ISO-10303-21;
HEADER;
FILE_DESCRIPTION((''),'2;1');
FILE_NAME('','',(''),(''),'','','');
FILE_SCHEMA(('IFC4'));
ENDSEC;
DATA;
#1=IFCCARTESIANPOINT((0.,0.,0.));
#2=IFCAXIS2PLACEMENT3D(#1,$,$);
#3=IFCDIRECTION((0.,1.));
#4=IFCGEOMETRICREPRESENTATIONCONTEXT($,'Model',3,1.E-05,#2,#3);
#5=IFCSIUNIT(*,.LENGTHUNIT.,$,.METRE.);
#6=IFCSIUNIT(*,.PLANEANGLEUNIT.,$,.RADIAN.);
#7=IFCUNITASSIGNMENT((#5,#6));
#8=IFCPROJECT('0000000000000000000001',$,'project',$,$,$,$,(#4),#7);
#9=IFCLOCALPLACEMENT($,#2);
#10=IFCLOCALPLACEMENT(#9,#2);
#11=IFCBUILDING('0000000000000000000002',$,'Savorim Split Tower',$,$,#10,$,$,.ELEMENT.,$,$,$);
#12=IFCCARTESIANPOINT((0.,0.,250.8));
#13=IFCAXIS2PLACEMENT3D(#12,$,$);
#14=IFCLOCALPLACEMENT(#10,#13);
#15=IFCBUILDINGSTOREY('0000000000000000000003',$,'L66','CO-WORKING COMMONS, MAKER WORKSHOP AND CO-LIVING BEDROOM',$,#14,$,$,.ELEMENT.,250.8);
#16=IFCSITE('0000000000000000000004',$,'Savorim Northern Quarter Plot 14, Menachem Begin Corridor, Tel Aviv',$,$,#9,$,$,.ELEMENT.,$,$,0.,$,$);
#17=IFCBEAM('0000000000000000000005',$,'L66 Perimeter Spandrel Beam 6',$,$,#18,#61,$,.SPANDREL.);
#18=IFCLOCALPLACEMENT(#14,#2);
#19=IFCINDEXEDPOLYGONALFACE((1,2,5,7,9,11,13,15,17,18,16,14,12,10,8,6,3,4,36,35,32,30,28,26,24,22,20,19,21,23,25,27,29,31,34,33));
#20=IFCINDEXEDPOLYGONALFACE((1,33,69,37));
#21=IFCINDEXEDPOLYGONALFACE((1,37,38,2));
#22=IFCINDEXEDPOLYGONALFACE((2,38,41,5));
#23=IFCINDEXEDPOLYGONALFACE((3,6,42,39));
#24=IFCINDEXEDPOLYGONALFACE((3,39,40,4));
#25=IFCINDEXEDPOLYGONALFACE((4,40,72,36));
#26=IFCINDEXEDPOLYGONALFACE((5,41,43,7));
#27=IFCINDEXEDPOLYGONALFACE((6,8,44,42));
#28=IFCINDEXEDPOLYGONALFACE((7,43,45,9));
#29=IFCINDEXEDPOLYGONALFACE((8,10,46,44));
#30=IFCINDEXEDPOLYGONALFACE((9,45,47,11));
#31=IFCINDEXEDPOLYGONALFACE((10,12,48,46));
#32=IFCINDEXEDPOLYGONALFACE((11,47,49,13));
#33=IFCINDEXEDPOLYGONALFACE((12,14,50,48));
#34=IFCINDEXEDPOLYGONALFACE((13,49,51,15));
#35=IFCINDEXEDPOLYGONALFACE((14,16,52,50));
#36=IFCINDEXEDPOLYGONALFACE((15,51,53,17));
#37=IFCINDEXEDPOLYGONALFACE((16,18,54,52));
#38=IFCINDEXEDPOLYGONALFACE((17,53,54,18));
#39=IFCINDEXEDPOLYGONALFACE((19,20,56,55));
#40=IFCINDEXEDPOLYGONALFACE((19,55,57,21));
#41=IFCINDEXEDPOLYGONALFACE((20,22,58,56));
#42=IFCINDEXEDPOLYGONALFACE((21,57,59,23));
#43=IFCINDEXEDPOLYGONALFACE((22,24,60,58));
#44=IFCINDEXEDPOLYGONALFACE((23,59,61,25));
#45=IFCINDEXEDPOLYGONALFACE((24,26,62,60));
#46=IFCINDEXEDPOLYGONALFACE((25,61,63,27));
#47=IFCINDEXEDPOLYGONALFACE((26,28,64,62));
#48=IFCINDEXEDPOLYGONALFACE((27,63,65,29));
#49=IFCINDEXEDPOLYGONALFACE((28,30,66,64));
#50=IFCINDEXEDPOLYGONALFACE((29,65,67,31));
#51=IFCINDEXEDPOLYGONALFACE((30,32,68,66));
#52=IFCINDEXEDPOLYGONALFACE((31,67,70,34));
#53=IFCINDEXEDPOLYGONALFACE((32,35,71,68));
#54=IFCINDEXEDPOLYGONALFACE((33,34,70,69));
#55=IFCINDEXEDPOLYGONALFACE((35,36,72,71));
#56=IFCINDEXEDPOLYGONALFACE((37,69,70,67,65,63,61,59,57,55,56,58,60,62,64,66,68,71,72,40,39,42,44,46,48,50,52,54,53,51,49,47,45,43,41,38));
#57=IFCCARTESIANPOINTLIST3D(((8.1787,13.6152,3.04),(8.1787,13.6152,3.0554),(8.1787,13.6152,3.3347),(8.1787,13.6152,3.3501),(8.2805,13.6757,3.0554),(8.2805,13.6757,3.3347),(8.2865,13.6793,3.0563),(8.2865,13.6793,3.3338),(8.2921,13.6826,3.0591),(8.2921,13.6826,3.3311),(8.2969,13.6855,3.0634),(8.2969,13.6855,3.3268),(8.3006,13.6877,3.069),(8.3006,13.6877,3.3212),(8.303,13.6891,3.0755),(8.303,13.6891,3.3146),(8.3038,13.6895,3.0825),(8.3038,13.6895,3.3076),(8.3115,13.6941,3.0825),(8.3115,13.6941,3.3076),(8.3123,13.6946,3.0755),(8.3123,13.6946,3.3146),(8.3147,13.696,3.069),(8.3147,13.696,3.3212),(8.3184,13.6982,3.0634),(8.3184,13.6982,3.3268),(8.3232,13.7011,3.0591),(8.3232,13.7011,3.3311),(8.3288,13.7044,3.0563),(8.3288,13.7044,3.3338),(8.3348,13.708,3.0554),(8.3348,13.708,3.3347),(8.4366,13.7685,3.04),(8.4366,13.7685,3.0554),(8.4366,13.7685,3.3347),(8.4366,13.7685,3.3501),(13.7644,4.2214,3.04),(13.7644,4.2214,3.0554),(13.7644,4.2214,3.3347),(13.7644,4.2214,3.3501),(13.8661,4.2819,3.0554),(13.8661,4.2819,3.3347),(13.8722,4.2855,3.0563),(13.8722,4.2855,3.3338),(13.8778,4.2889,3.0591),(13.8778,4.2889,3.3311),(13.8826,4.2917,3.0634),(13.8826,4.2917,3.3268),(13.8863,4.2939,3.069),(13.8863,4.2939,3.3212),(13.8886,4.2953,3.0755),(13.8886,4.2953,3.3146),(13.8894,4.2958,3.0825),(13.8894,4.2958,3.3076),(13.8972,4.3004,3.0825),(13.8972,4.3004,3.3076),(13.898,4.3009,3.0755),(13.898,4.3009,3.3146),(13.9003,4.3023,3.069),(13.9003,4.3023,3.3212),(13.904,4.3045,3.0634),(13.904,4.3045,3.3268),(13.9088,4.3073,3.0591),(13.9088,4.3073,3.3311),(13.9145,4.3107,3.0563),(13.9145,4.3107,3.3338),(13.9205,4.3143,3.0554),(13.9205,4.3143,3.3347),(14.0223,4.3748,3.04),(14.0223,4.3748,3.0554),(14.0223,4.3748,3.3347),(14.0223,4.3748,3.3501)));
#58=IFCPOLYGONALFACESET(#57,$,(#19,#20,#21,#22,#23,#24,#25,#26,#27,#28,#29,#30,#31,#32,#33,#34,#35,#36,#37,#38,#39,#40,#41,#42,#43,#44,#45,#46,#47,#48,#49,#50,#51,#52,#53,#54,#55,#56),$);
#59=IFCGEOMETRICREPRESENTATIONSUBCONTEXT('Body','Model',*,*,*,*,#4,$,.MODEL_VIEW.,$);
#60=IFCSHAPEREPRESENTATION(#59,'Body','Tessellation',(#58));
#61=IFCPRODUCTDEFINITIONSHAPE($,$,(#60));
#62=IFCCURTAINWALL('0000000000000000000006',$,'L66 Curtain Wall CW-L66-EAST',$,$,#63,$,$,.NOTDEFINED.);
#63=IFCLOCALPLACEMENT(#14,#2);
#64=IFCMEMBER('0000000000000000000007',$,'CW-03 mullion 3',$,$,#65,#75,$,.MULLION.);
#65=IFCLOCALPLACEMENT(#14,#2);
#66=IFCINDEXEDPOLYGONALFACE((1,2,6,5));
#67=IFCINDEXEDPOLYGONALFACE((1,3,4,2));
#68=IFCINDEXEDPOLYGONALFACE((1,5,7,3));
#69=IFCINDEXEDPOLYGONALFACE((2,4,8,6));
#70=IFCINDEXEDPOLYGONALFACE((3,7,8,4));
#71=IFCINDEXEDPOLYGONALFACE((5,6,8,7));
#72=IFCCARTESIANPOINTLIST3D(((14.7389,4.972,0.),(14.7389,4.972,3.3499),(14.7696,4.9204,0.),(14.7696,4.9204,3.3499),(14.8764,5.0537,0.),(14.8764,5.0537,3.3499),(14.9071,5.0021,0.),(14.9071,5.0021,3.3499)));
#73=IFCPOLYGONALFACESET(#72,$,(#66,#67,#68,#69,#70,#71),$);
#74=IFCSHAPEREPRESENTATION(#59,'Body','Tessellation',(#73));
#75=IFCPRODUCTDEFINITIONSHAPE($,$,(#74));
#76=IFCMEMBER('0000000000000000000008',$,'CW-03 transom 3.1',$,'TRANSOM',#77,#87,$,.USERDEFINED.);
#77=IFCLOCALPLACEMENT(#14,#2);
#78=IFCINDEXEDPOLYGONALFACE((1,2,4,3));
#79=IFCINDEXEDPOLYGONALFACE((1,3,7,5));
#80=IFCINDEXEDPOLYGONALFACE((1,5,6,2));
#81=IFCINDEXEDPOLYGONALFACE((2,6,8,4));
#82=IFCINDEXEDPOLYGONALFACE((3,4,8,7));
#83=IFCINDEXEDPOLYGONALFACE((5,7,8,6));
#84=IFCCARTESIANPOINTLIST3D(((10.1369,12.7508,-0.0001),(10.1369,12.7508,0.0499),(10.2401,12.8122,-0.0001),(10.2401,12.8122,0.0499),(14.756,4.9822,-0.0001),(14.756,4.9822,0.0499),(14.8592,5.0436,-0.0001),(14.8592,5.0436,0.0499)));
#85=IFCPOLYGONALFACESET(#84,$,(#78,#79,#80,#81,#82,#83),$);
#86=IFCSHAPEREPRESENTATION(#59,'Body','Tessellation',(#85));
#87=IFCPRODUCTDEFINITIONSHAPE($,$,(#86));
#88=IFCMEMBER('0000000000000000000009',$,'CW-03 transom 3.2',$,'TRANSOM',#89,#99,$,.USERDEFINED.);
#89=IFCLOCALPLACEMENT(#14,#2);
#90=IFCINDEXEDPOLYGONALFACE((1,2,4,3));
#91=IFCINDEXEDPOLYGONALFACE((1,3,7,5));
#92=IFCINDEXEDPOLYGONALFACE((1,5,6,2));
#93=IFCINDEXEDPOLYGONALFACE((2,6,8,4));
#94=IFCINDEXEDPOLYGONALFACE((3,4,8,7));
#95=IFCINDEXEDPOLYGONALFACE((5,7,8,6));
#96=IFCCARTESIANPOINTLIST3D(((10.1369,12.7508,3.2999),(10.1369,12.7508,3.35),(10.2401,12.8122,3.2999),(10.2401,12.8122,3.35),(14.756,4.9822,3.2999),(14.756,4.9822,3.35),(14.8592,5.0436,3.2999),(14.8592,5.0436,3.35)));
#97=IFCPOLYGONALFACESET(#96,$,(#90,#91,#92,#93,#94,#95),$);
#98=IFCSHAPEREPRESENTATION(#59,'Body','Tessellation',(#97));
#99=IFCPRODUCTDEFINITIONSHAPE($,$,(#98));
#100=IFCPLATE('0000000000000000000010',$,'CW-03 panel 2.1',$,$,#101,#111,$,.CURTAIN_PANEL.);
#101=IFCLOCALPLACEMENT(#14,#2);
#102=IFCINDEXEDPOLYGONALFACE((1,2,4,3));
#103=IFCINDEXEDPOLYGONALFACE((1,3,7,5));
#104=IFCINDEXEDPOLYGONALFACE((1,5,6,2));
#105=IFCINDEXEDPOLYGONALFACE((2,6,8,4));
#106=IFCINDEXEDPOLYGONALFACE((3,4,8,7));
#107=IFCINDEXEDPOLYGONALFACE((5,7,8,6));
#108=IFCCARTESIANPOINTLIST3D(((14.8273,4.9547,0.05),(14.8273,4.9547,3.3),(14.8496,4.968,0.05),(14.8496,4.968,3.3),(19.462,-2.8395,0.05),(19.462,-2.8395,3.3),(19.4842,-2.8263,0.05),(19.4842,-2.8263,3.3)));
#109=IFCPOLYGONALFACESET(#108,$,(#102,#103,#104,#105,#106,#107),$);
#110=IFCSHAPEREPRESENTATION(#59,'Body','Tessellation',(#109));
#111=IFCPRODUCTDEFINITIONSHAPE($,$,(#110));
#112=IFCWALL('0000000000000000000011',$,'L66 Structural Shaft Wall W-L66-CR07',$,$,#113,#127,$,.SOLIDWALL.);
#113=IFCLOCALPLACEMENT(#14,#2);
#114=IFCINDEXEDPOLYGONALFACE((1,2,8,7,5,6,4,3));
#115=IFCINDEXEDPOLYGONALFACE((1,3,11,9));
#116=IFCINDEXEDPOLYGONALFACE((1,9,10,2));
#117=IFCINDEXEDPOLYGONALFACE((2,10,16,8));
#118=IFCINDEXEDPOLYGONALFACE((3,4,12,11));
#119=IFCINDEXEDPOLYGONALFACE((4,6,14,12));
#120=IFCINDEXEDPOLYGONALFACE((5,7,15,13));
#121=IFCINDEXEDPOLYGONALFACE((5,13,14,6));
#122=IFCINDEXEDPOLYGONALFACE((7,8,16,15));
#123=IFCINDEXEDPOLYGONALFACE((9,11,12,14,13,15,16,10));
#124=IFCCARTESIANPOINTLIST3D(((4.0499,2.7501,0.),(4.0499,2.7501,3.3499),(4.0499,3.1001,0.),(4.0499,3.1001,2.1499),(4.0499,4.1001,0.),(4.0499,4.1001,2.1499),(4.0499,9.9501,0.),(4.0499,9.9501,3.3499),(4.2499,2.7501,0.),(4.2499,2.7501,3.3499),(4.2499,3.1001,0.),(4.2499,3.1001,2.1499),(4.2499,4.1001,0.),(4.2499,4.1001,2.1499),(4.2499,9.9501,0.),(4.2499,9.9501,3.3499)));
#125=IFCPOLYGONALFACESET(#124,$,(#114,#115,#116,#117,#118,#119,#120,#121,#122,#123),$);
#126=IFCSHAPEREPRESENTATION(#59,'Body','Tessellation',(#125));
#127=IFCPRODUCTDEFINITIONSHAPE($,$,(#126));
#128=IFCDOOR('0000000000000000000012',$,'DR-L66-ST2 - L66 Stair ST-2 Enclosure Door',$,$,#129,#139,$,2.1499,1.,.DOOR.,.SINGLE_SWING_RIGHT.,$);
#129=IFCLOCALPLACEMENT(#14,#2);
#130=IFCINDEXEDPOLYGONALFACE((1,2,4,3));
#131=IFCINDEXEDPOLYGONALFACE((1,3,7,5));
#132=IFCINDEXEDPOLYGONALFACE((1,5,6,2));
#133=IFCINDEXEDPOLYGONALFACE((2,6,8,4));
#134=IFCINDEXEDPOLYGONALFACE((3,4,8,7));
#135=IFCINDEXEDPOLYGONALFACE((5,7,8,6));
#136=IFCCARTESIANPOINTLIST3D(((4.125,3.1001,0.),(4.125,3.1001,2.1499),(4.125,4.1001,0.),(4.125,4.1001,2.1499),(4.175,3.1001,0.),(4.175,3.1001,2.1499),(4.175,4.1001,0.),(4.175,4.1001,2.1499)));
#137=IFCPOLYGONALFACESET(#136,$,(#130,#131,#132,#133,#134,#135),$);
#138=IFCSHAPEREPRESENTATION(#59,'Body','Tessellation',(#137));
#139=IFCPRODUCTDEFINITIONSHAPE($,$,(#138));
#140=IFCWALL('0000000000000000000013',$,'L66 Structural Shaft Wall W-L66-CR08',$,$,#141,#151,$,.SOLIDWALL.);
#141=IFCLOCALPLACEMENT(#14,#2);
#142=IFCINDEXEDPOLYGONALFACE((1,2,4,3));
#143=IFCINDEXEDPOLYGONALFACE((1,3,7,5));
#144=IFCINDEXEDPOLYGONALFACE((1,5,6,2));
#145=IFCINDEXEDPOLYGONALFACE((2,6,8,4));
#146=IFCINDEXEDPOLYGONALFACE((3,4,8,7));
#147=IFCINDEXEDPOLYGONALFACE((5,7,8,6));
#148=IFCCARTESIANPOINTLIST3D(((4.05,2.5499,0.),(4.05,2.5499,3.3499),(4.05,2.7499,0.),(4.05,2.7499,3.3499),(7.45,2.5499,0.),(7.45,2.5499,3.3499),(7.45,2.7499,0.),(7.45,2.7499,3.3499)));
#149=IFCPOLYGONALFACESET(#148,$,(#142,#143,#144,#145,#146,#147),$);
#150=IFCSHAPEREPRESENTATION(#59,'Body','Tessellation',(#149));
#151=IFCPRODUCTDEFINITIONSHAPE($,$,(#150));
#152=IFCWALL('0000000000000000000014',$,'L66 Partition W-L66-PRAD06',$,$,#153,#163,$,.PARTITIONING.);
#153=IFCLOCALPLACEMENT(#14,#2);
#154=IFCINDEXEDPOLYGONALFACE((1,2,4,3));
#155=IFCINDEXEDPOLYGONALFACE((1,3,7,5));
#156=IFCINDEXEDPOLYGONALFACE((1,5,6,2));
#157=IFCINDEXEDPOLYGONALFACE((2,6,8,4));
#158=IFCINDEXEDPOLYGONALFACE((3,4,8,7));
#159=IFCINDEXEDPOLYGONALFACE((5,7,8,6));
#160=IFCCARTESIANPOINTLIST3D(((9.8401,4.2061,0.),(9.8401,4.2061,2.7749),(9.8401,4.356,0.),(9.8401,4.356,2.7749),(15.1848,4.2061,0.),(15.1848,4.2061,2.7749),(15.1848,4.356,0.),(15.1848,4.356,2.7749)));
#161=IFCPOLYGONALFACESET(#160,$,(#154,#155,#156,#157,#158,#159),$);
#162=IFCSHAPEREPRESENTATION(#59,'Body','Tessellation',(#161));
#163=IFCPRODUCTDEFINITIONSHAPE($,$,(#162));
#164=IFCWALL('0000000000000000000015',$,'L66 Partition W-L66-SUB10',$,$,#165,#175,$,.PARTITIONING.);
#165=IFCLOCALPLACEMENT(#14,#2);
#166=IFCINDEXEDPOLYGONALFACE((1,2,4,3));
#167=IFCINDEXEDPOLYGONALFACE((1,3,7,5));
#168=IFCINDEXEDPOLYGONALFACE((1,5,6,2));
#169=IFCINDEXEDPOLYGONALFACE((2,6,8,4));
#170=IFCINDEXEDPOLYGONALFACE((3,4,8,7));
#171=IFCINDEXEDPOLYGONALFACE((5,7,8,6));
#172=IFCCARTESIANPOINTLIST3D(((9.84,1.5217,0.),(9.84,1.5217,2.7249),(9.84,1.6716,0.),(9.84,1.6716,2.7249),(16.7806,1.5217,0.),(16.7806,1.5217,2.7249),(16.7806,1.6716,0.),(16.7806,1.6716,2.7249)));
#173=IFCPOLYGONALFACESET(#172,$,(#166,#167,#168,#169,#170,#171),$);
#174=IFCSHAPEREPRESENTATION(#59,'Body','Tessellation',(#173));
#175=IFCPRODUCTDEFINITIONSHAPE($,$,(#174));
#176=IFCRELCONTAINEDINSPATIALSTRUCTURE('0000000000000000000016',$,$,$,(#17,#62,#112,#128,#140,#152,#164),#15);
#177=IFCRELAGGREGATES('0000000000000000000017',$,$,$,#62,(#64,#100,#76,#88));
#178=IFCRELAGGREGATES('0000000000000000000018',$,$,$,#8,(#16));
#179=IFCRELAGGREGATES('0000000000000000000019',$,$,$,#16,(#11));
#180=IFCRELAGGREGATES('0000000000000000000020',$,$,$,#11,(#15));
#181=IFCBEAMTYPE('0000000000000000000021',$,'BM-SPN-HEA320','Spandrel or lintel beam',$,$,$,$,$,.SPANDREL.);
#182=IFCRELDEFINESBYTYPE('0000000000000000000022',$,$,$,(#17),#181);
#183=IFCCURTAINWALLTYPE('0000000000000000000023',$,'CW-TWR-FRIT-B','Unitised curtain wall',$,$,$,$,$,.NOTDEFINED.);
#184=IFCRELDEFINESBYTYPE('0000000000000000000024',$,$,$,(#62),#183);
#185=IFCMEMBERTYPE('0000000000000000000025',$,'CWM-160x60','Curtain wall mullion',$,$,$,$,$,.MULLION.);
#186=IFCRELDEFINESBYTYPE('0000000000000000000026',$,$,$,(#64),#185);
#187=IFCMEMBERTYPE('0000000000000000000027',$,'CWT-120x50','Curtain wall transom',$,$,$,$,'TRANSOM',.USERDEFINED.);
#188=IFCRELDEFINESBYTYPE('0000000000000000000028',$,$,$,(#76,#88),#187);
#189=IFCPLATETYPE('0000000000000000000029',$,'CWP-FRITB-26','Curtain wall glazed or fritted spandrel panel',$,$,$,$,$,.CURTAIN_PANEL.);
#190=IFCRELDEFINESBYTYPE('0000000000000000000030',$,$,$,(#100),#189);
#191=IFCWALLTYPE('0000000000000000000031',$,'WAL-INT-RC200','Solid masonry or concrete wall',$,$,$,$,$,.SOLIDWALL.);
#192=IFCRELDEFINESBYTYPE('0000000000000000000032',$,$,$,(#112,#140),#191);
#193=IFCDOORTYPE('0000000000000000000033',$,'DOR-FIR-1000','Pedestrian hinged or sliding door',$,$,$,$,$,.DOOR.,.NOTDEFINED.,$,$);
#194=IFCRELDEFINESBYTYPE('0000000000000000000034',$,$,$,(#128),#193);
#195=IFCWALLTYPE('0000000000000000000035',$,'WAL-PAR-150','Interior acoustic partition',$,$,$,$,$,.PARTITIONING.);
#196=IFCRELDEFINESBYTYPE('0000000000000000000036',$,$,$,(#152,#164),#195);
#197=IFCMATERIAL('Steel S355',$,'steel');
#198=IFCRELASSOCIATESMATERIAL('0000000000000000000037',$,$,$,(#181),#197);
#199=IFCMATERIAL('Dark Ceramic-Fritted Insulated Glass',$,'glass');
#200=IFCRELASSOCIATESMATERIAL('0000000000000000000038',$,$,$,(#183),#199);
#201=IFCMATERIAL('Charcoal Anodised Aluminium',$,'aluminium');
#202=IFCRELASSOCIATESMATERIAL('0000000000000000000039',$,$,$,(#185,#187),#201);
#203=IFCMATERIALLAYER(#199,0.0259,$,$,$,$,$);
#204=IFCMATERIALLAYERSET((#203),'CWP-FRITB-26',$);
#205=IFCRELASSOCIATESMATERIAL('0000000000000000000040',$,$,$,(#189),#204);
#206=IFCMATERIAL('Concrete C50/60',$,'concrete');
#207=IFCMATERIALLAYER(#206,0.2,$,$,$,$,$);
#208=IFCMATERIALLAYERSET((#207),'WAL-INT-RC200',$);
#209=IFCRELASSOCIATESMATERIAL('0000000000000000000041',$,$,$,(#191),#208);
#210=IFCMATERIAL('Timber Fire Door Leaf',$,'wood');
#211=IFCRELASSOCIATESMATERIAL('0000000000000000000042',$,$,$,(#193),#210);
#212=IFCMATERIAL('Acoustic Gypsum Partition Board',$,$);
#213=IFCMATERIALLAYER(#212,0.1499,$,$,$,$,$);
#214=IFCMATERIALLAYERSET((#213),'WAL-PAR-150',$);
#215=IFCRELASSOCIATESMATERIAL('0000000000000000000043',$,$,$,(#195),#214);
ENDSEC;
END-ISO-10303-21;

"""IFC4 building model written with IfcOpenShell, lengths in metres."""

from ifc_helpers import new_model, si_unit, direction, frame, frame_2d, origin, origin_2d, place, context, subcontext, project, spatial, rectangle, i_section, extrude, material, layer, layer_set, material_profile, profile_set, type_object, element, fill, aggregate, save


model = new_model("IFC4")

# Units and contexts
model_context = context("Model", 3, precision=1e-05, world=origin(), true_north=direction((0.0, 1.0)))
body_context = subcontext(model_context, "Body", "Model", "MODEL_VIEW")
ifc_project = project(units=[si_unit("LENGTHUNIT", "METRE"), si_unit("PLANEANGLEUNIT", "RADIAN")], contexts=[model_context])

# Site, building, storey
site_placement = place(None, origin())
site = spatial("IfcSite", under=ifc_project, at=site_placement, Name="Savorim Northern Quarter Plot 14, Menachem Begin Corridor, Tel Aviv", CompositionType="ELEMENT", RefElevation=0.0)
building_placement = place(site_placement, origin())
building = spatial("IfcBuilding", under=site, at=building_placement, Name="Savorim Split Tower", CompositionType="ELEMENT")
storey_placement = place(building_placement, frame((0.0, 0.0, 250.8)))
storey = spatial("IfcBuildingStorey", under=building, at=storey_placement, Name="L66", Description="CO-WORKING COMMONS, MAKER WORKSHOP AND CO-LIVING BEDROOM", CompositionType="ELEMENT", Elevation=250.8)

# Shared definitions
ifc_material_1 = material(Name="Steel S355", Category="steel")

# Beam
ifc_material_profile_1 = material_profile(ifc_material_1, i_section(OverallWidth=0.3, OverallDepth=0.3101, WebThickness=0.009, FlangeThickness=0.0154, FilletRadius=0.0271, at=origin_2d()), Name="HEA 320")
ifc_profile_set_1 = profile_set([ifc_material_profile_1], Name="Steel S355")
beam_type_1 = type_object("IfcBeamType", Name="BM-SPN-HEA320", Description="Spandrel or lintel beam", PredefinedType="SPANDREL", material=ifc_profile_set_1)
beam_1_placement = place(storey_placement, frame((13.8933, 4.2981, 3.1951), z_axis=(-0.511088, 0.859528, 0.0), x_axis=(-0.859528, -0.511088, 0.0)))
element("IfcBeam", 1, at=beam_1_placement, inside=storey, type_object=beam_type_1, Name="L66 Perimeter Spandrel Beam 6", PredefinedType="SPANDREL", context=body_context, shape_type="SweptSolid", body=[
    extrude(i_section(OverallWidth=0.3, OverallDepth=0.3101, WebThickness=0.009, FlangeThickness=0.0154, FilletRadius=0.0271, at=origin_2d()), origin(), (0.0, 0.0, 1.0), 10.929),
])

# Curtain wall, members, plate
ifc_material_2 = material(Name="Dark Ceramic-Fritted Insulated Glass", Category="glass")
curtain_wall_type = type_object("IfcCurtainWallType", Name="CW-TWR-FRIT-B", Description="Unitised curtain wall", PredefinedType="NOTDEFINED", material=ifc_material_2)
curtain_wall_placement = place(storey_placement, origin())
curtain_wall = element("IfcCurtainWall", 2, at=curtain_wall_placement, inside=storey, type_object=curtain_wall_type, Name="L66 Curtain Wall CW-L66-EAST", PredefinedType="NOTDEFINED")
ifc_material_3 = material(Name="Charcoal Anodised Aluminium", Category="aluminium")
ifc_material_profile_2 = material_profile(ifc_material_3, rectangle(XDim=0.1599, YDim=0.0601, at=origin_2d()), Name="ALU-M 160x60")
ifc_profile_set_2 = profile_set([ifc_material_profile_2], Name="Charcoal Anodised Aluminium")
member_type_1 = type_object("IfcMemberType", Name="CWM-160x60", Description="Curtain wall mullion", PredefinedType="MULLION", material=ifc_profile_set_2)
member_1_placement = place(storey_placement, frame((14.823, 4.9871, 0.0), z_axis=(0.0, 0.0, 1.0), x_axis=(-0.859527, -0.51109, 0.0)))
member_1 = element("IfcMember", 3, at=member_1_placement, type_object=member_type_1, Name="CW-03 mullion 3", PredefinedType="MULLION", context=body_context, shape_type="SweptSolid", body=[
    extrude(rectangle(XDim=0.1599, YDim=0.0601, at=origin_2d()), origin(), (0.0, 0.0, 1.0), 3.3499),
])
ifc_material_profile_3 = material_profile(ifc_material_3, rectangle(XDim=0.1201, YDim=0.05, at=origin_2d()), Name="ALU-T 120x50")
ifc_profile_set_3 = profile_set([ifc_material_profile_3], Name="Charcoal Anodised Aluminium")
member_type_2 = type_object("IfcMemberType", Name="CWT-120x50", Description="Curtain wall transom", ElementType="TRANSOM", PredefinedType="USERDEFINED", material=ifc_profile_set_3)
member_2_placement = place(storey_placement, frame((14.8076, 5.0129, 0.0249), z_axis=(-0.511075, 0.859536, 0.0), x_axis=(-0.859536, -0.511075, 0.0)))
member_2 = element("IfcMember", 4, at=member_2_placement, type_object=member_type_2, Name="CW-03 transom 3.1", ObjectType="TRANSOM", PredefinedType="USERDEFINED", context=body_context, shape_type="SweptSolid", body=[
    extrude(rectangle(XDim=0.1201, YDim=0.05, at=origin_2d()), origin(), (0.0, 0.0, 1.0), 9.0381),
])
member_3_placement = place(storey_placement, frame((14.8076, 5.0129, 3.325), z_axis=(-0.511075, 0.859536, 0.0), x_axis=(-0.859536, -0.511075, 0.0)))
member_3 = element("IfcMember", 5, at=member_3_placement, type_object=member_type_2, Name="CW-03 transom 3.2", ObjectType="TRANSOM", PredefinedType="USERDEFINED", context=body_context, shape_type="SweptSolid", body=[
    extrude(rectangle(XDim=0.1201, YDim=0.05, at=origin_2d()), origin(), (0.0, 0.0, 1.0), 9.0381),
])
ifc_layer_1 = layer(ifc_material_2, 0.0259)
ifc_layer_set_1 = layer_set([ifc_layer_1], Name="CWP-FRITB-26")
plate_type = type_object("IfcPlateType", Name="CWP-FRITB-26", Description="Curtain wall glazed or fritted spandrel panel", PredefinedType="CURTAIN_PANEL", material=ifc_layer_set_1)
plate_placement = place(storey_placement, frame((17.1558, 1.0642, 0.05), z_axis=(0.0, 0.0, 1.0), x_axis=(-0.51109, 0.859527, 0.0)))
plate = element("IfcPlate", 6, at=plate_placement, type_object=plate_type, Name="CW-03 panel 2.1", PredefinedType="CURTAIN_PANEL", context=body_context, shape_type="SweptSolid", body=[
    extrude(rectangle(XDim=9.0681, YDim=0.0259, at=origin_2d()), origin(), (0.0, 0.0, 1.0), 3.25),
])
aggregate(curtain_wall, [member_1, plate, member_2, member_3])

# Wall, opening, door
ifc_material_4 = material(Name="Concrete C50/60", Category="concrete")
ifc_layer_2 = layer(ifc_material_4, 0.2)
ifc_layer_set_2 = layer_set([ifc_layer_2], Name="WAL-INT-RC200")
wall_type_1 = type_object("IfcWallType", Name="WAL-INT-RC200", Description="Solid masonry or concrete wall", PredefinedType="SOLIDWALL", material=ifc_layer_set_2)
wall_1_placement = place(storey_placement, frame((4.1499, 2.75, 0.0), z_axis=(0.0, 0.0, 1.0), x_axis=(0.0, 1.0, 0.0)))
wall_1 = element("IfcWall", 7, at=wall_1_placement, inside=storey, type_object=wall_type_1, Name="L66 Structural Shaft Wall W-L66-CR07", PredefinedType="SOLIDWALL", context=body_context, shape_type="SweptSolid", body=[
    extrude(rectangle(XDim=7.2, YDim=0.2, at=frame_2d((3.6001, 0.0))), origin(), (0.0, 0.0, 1.0), 3.3499),
])
opening_1_placement = place(wall_1_placement, frame((0.3501, 0.0, 0.0)))
opening_1 = element("IfcOpeningElement", 8, at=opening_1_placement, cuts=wall_1, PredefinedType="OPENING", context=body_context, shape_type="SweptSolid", body=[
    extrude(rectangle(XDim=1.0, YDim=2.1499, at=frame_2d((0.5, 1.075))), frame((0.0, 0.1099, 0.0), z_axis=(0.0, -1.0, 0.0), x_axis=(1.0, 0.0, 0.0)), (0.0, 0.0, 1.0), 0.22),
])
ifc_material_5 = material(Name="Timber Fire Door Leaf", Category="wood")
door_type_1 = type_object("IfcDoorType", Name="DOR-FIR-1000", Description="Pedestrian hinged or sliding door", OperationType="NOTDEFINED", PredefinedType="DOOR", material=ifc_material_5)
door_1_placement = place(opening_1_placement, origin())
door_1 = element("IfcDoor", 9, at=door_1_placement, inside=storey, type_object=door_type_1, Name="DR-L66-ST2 - L66 Stair ST-2 Enclosure Door", OperationType="SINGLE_SWING_RIGHT", OverallHeight=2.1499, OverallWidth=1.0, PredefinedType="DOOR", context=body_context, shape_type="SweptSolid", body=[
    extrude(rectangle(XDim=1.0, YDim=2.1499, at=frame_2d((0.5, 1.075))), frame((0.0, 0.0249, 0.0), z_axis=(0.0, -1.0, 0.0), x_axis=(1.0, 0.0, 0.0)), (0.0, 0.0, 1.0), 0.05),
])
fill(opening_1, door_1)

# Wall
wall_2_placement = place(storey_placement, frame((4.05, 2.6499, 0.0), z_axis=(0.0, 0.0, 1.0), x_axis=(1.0, 0.0, 0.0)))
element("IfcWall", 10, at=wall_2_placement, inside=storey, type_object=wall_type_1, Name="L66 Structural Shaft Wall W-L66-CR08", PredefinedType="SOLIDWALL", context=body_context, shape_type="SweptSolid", body=[
    extrude(rectangle(XDim=3.3999, YDim=0.2, at=frame_2d((1.7, 0.0))), origin(), (0.0, 0.0, 1.0), 3.3499),
])

# Walls
ifc_material_6 = material(Name="Acoustic Gypsum Partition Board")
ifc_layer_3 = layer(ifc_material_6, 0.1499)
ifc_layer_set_3 = layer_set([ifc_layer_3], Name="WAL-PAR-150")
wall_type_2 = type_object("IfcWallType", Name="WAL-PAR-150", Description="Interior acoustic partition", PredefinedType="PARTITIONING", material=ifc_layer_set_3)
wall_3_placement = place(storey_placement, frame((9.8401, 4.281, 0.0), z_axis=(0.0, 0.0, 1.0), x_axis=(1.0, 0.0, 0.0)))
element("IfcWall", 11, at=wall_3_placement, inside=storey, type_object=wall_type_2, Name="L66 Partition W-L66-PRAD06", PredefinedType="PARTITIONING", context=body_context, shape_type="SweptSolid", body=[
    extrude(rectangle(XDim=5.3447, YDim=0.1499, at=frame_2d((2.6724, 0.0))), origin(), (0.0, 0.0, 1.0), 2.7749),
])
wall_4_placement = place(storey_placement, frame((9.8401, 1.5967, 0.0), z_axis=(0.0, 0.0, 1.0), x_axis=(1.0, 0.0, 0.0)))
element("IfcWall", 12, at=wall_4_placement, inside=storey, type_object=wall_type_2, Name="L66 Partition W-L66-SUB10", PredefinedType="PARTITIONING", context=body_context, shape_type="SweptSolid", body=[
    extrude(rectangle(XDim=6.9407, YDim=0.1499, at=frame_2d((3.4702, 0.0))), origin(), (0.0, 0.0, 1.0), 2.7249),
])

save(model, "model.ifc")
